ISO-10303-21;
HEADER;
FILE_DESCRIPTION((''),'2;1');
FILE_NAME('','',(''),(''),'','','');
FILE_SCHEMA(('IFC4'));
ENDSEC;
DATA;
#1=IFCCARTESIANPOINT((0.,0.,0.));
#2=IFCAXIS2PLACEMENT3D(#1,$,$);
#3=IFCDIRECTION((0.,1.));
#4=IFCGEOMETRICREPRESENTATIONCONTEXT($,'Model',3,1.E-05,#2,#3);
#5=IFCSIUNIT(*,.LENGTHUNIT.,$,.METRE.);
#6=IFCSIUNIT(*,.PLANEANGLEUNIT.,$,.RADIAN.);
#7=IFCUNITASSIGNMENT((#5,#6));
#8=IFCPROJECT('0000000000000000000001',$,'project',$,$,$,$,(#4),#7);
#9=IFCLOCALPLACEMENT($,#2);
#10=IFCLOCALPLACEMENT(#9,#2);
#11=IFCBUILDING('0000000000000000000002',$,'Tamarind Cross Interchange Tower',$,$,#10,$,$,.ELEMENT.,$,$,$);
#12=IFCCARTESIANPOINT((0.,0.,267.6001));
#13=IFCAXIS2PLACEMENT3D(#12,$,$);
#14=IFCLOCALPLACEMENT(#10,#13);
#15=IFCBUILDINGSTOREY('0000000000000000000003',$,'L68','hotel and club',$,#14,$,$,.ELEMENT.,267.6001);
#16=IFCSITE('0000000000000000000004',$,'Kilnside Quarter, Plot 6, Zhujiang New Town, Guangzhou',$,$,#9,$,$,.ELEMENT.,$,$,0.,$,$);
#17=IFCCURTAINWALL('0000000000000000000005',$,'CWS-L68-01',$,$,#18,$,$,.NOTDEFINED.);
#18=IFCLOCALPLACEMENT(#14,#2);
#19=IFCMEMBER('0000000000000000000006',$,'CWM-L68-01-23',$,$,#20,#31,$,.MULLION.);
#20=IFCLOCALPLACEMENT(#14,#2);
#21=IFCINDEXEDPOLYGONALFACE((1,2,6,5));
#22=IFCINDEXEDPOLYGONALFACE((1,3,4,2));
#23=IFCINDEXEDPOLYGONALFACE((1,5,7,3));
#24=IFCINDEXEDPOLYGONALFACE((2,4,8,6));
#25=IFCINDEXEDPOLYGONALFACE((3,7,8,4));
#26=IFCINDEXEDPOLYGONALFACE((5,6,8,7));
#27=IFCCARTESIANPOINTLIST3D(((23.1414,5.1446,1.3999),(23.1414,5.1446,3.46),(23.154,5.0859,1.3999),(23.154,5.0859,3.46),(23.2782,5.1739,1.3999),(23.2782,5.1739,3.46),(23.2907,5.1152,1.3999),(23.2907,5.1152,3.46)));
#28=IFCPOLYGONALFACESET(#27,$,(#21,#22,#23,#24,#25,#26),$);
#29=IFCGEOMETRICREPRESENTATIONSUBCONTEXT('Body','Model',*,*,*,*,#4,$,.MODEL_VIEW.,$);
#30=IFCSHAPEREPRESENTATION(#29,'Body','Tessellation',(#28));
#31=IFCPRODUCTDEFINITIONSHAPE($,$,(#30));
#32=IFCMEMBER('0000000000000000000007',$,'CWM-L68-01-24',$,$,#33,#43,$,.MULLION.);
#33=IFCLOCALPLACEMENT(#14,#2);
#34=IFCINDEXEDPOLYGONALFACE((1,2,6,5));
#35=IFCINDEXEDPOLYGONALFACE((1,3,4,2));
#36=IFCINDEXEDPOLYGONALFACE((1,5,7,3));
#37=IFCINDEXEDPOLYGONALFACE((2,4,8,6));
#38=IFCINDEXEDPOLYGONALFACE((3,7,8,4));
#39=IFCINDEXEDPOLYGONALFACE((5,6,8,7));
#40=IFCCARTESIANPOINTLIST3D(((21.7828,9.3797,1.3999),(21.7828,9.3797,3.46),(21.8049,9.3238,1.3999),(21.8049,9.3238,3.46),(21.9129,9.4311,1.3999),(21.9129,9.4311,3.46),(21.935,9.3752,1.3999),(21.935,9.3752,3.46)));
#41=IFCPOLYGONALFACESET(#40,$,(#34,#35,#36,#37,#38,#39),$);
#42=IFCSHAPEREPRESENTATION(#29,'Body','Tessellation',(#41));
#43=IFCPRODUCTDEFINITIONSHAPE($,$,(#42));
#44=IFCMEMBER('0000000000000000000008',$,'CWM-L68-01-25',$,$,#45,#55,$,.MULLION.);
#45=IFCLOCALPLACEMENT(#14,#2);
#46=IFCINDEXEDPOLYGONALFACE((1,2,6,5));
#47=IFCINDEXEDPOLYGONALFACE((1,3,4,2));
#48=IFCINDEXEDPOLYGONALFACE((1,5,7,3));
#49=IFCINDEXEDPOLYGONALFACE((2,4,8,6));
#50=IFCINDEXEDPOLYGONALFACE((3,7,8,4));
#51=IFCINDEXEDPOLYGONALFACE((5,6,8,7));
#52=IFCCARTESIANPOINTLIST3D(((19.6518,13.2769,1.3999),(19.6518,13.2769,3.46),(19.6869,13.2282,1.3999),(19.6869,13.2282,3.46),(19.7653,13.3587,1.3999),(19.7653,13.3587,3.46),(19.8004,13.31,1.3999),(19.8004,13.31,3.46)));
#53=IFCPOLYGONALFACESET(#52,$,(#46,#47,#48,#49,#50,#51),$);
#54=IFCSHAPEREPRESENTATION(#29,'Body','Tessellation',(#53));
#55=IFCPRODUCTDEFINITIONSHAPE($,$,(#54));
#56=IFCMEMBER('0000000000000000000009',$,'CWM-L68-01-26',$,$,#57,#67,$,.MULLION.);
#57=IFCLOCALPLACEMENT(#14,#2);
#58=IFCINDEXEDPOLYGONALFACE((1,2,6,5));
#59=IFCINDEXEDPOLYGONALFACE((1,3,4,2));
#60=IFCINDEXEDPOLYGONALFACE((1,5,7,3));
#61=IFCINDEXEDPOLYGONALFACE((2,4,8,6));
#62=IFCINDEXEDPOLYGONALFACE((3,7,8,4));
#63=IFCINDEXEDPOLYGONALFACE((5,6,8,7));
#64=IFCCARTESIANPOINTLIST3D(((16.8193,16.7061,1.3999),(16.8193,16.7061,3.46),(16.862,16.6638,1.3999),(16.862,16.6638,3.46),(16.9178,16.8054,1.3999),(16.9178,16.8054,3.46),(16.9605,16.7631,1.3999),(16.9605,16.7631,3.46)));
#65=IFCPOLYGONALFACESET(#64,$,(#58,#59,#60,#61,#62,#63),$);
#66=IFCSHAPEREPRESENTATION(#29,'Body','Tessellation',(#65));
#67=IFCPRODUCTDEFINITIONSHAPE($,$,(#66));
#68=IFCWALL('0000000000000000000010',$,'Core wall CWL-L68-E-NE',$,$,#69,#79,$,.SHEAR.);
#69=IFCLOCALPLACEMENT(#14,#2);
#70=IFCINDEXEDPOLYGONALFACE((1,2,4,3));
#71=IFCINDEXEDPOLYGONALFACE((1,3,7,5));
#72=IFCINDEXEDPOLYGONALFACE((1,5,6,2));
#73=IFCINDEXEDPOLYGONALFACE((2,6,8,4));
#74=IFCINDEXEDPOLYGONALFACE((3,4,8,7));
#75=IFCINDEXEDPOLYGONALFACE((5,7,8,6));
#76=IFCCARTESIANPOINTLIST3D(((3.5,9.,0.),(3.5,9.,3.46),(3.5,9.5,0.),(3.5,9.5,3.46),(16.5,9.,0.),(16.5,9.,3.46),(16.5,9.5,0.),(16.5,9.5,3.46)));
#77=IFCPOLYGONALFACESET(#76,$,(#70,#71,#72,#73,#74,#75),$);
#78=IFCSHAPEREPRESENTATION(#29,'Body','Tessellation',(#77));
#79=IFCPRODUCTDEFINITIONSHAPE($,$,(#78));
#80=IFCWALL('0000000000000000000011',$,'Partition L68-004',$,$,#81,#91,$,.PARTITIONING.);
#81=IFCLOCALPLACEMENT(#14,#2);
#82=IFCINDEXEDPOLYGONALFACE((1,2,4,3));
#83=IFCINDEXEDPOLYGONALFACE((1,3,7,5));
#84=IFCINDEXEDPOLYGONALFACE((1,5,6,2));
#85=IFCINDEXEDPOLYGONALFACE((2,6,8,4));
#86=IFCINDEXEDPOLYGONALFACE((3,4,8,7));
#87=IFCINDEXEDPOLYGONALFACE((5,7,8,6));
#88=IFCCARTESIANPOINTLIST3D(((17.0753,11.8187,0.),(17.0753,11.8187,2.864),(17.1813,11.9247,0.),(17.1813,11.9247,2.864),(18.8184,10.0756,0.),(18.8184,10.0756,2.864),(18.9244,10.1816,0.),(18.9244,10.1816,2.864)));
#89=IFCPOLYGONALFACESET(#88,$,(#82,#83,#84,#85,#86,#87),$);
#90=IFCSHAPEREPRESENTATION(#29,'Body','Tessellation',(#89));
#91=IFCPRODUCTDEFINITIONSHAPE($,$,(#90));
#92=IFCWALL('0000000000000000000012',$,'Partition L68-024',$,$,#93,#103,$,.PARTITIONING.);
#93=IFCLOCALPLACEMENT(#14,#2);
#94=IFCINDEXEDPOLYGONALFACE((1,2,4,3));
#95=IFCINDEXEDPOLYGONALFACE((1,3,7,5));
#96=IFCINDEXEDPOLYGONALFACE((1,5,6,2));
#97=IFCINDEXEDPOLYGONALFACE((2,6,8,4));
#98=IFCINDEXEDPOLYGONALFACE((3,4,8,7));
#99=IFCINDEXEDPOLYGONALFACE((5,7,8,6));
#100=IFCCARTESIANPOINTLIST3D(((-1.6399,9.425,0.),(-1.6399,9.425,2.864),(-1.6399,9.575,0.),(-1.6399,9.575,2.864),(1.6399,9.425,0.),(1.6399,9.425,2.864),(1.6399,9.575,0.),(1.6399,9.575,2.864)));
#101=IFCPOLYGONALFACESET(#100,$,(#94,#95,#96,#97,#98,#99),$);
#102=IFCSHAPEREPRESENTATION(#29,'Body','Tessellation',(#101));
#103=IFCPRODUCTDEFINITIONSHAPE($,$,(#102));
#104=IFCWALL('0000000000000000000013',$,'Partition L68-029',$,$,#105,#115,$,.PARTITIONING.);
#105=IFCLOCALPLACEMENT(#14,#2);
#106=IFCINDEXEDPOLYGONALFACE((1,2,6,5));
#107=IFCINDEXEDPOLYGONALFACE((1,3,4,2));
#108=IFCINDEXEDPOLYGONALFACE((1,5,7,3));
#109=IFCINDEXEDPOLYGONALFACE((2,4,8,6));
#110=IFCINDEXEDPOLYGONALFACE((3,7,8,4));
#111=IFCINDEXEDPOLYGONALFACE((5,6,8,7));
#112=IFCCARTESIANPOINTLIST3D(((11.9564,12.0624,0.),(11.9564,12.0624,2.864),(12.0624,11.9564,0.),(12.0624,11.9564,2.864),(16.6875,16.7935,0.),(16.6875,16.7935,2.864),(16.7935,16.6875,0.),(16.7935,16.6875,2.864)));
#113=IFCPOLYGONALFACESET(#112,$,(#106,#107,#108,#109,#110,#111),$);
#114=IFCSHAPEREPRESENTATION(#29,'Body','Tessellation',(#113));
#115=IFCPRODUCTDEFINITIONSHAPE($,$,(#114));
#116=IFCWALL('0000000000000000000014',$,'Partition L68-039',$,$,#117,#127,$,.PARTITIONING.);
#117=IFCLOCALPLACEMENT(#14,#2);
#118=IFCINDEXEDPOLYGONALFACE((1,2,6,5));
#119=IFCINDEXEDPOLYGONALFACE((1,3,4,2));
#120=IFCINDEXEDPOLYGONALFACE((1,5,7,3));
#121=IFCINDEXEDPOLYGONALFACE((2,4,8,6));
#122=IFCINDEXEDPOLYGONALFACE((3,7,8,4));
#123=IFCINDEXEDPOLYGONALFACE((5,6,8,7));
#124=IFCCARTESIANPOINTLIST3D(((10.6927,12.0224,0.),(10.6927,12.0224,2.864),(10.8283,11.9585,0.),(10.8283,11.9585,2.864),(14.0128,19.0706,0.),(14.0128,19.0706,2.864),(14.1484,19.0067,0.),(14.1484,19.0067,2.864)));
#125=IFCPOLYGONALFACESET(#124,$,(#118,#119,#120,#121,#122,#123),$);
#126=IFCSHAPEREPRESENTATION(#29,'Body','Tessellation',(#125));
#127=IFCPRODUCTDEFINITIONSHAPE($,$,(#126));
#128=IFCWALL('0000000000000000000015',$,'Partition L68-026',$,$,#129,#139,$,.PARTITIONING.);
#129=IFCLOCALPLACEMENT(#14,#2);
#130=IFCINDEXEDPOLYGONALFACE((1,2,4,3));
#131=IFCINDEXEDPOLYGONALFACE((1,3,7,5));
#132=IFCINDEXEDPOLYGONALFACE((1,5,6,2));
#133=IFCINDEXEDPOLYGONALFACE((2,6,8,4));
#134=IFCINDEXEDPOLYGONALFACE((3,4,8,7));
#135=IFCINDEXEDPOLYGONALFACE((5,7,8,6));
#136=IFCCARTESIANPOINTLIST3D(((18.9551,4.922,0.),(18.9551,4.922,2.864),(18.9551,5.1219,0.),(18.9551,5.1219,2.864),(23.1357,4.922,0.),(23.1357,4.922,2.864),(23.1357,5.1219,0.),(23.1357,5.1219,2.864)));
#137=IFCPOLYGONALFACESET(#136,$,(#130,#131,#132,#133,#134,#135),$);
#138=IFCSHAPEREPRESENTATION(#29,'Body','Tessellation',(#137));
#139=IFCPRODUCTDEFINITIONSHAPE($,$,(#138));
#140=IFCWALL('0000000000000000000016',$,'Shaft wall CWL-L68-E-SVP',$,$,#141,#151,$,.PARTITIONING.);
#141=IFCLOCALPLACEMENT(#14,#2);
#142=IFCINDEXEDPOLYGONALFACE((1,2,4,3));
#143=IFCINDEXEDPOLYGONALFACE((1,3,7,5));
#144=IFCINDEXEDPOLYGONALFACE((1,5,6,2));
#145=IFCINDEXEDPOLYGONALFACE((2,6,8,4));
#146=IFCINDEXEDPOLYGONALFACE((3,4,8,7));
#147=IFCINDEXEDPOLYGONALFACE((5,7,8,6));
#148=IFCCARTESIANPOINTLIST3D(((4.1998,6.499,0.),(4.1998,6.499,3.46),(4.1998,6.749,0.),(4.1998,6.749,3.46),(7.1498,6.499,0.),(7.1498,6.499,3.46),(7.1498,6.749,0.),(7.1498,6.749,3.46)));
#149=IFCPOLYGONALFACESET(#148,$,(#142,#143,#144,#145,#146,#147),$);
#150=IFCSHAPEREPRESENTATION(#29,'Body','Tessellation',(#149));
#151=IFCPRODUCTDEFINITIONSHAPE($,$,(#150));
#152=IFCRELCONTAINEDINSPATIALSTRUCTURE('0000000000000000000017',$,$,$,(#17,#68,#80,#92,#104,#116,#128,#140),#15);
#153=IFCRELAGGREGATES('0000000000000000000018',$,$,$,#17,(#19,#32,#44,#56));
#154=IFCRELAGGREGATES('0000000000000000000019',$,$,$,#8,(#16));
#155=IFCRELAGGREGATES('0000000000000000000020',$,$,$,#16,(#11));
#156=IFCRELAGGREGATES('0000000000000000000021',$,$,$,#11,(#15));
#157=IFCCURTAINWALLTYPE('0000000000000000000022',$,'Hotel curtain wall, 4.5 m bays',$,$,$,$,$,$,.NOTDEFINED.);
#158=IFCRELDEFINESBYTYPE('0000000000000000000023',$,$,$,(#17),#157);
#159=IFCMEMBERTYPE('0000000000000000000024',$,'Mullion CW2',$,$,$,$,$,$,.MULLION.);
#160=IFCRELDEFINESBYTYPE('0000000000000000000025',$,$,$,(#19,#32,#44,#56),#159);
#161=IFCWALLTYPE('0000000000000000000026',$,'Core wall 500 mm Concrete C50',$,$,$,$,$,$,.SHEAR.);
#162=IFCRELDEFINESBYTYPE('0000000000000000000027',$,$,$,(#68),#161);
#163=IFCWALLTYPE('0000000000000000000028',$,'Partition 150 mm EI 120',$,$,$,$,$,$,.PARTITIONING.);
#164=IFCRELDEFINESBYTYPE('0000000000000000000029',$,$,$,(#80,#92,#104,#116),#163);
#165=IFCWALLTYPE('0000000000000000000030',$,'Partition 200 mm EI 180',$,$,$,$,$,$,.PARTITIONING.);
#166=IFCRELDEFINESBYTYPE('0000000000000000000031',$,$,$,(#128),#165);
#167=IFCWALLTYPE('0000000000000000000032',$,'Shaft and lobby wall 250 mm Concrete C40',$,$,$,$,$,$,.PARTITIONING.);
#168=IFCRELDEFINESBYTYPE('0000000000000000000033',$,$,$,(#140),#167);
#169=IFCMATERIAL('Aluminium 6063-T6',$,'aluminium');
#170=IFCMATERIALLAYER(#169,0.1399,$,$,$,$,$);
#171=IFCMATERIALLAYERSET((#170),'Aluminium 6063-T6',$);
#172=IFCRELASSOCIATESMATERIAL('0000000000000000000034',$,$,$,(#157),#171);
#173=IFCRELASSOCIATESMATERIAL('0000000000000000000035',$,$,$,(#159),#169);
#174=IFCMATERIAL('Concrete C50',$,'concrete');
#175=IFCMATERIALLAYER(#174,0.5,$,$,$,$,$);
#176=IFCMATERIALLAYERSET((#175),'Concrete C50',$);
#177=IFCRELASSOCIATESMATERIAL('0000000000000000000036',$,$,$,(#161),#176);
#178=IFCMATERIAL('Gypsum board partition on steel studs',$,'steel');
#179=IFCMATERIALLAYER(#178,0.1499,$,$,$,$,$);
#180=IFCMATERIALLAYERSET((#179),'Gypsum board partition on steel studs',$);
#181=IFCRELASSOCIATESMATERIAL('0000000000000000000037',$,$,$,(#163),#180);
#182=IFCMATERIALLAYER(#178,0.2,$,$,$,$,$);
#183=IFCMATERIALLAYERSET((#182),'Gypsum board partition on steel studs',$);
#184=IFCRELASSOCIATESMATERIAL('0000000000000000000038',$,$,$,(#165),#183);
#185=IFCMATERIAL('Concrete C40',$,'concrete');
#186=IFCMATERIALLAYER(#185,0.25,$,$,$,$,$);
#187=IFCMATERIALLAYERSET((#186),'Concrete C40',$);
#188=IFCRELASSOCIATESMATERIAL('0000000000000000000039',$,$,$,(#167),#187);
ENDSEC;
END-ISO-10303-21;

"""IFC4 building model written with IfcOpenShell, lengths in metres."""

from ifc_helpers import new_model, si_unit, direction, frame, frame_2d, origin, origin_2d, place, context, subcontext, project, spatial, rectangle, extrude, material, layer, layer_set, material_profile, profile_set, type_object, element, aggregate, save


model = new_model("IFC4")

# Units and contexts
model_context = context("Model", 3, precision=1e-05, world=origin(), true_north=direction((0.0, 1.0)))
body_context = subcontext(model_context, "Body", "Model", "MODEL_VIEW")
ifc_project = project(units=[si_unit("LENGTHUNIT", "METRE"), si_unit("PLANEANGLEUNIT", "RADIAN")], contexts=[model_context])

# Site, building, storey
site_placement = place(None, origin())
site = spatial("IfcSite", under=ifc_project, at=site_placement, Name="Kilnside Quarter, Plot 6, Zhujiang New Town, Guangzhou", CompositionType="ELEMENT", RefElevation=0.0)
building_placement = place(site_placement, origin())
building = spatial("IfcBuilding", under=site, at=building_placement, Name="Tamarind Cross Interchange Tower", CompositionType="ELEMENT")
storey_placement = place(building_placement, frame((0.0, 0.0, 267.6001)))
storey = spatial("IfcBuildingStorey", under=building, at=storey_placement, Name="L68", Description="hotel and club", CompositionType="ELEMENT", Elevation=267.6001)

# Curtain wall, members
ifc_material_1 = material(Name="Aluminium 6063-T6", Category="aluminium")
ifc_layer_1 = layer(ifc_material_1, 0.1399)
ifc_layer_set_1 = layer_set([ifc_layer_1], Name="Aluminium 6063-T6")
curtain_wall_type = type_object("IfcCurtainWallType", Name="Hotel curtain wall, 4.5 m bays", PredefinedType="NOTDEFINED", material=ifc_layer_set_1)
curtain_wall_placement = place(storey_placement, origin())
curtain_wall = element("IfcCurtainWall", 1, at=curtain_wall_placement, inside=storey, type_object=curtain_wall_type, Name="CWS-L68-01", PredefinedType="NOTDEFINED")
ifc_material_profile_1 = material_profile(ifc_material_1, rectangle(XDim=0.0601, YDim=0.1399, at=origin_2d()), Name="Mullion CW2")
ifc_profile_set_1 = profile_set([ifc_material_profile_1], Name="Aluminium 6063-T6")
member_type = type_object("IfcMemberType", Name="Mullion CW2", PredefinedType="MULLION", material=ifc_profile_set_1)
member_1_placement = place(storey_placement, frame((23.2161, 5.1299, 1.3999), z_axis=(0.0, 0.0, 1.0), x_axis=(-0.209425, 0.977825, 0.0)))
member_1 = element("IfcMember", 2, at=member_1_placement, type_object=member_type, Name="CWM-L68-01-23", PredefinedType="MULLION", context=body_context, shape_type="SweptSolid", body=[
    extrude(rectangle(XDim=0.0601, YDim=0.1399, at=origin_2d()), origin(), (0.0, 0.0, 1.0), 2.0601),
])
member_2_placement = place(storey_placement, frame((21.8589, 9.3774, 1.3999), z_axis=(0.0, 0.0, 1.0), x_axis=(-0.367514, 0.930018, 0.0)))
member_2 = element("IfcMember", 3, at=member_2_placement, type_object=member_type, Name="CWM-L68-01-24", PredefinedType="MULLION", context=body_context, shape_type="SweptSolid", body=[
    extrude(rectangle(XDim=0.0601, YDim=0.1399, at=origin_2d()), origin(), (0.0, 0.0, 1.0), 2.0601),
])
member_3_placement = place(storey_placement, frame((19.7261, 13.2935, 1.3999), z_axis=(0.0, 0.0, 1.0), x_axis=(-0.584574, 0.81134, 0.0)))
member_3 = element("IfcMember", 4, at=member_3_placement, type_object=member_type, Name="CWM-L68-01-25", PredefinedType="MULLION", context=body_context, shape_type="SweptSolid", body=[
    extrude(rectangle(XDim=0.0601, YDim=0.1399, at=origin_2d()), origin(), (0.0, 0.0, 1.0), 2.0601),
])
member_4_placement = place(storey_placement, frame((16.8899, 16.7346, 1.3999), z_axis=(0.0, 0.0, 1.0), x_axis=(-0.710143, 0.704057, 0.0)))
member_4 = element("IfcMember", 5, at=member_4_placement, type_object=member_type, Name="CWM-L68-01-26", PredefinedType="MULLION", context=body_context, shape_type="SweptSolid", body=[
    extrude(rectangle(XDim=0.0601, YDim=0.1399, at=origin_2d()), origin(), (0.0, 0.0, 1.0), 2.0601),
])
aggregate(curtain_wall, [member_1, member_2, member_3, member_4])

# Walls
ifc_material_2 = material(Name="Concrete C50", Category="concrete")
ifc_layer_2 = layer(ifc_material_2, 0.5)
ifc_layer_set_2 = layer_set([ifc_layer_2], Name="Concrete C50")
wall_type_1 = type_object("IfcWallType", Name="Core wall 500 mm Concrete C50", PredefinedType="SHEAR", material=ifc_layer_set_2)
wall_1_placement = place(storey_placement, frame((16.5, 9.25, 0.0), z_axis=(0.0, 0.0, 1.0), x_axis=(-1.0, 0.0, 0.0)))
element("IfcWall", 6, at=wall_1_placement, inside=storey, type_object=wall_type_1, Name="Core wall CWL-L68-E-NE", PredefinedType="SHEAR", context=body_context, shape_type="SweptSolid", body=[
    extrude(rectangle(XDim=13.0, YDim=0.5, at=frame_2d((6.5, 0.0))), origin(), (0.0, 0.0, 1.0), 3.46),
])
ifc_material_3 = material(Name="Gypsum board partition on steel studs", Category="steel")
ifc_layer_3 = layer(ifc_material_3, 0.1499)
ifc_layer_set_3 = layer_set([ifc_layer_3], Name="Gypsum board partition on steel studs")
wall_type_2 = type_object("IfcWallType", Name="Partition 150 mm EI 120", PredefinedType="PARTITIONING", material=ifc_layer_set_3)
wall_2_placement = place(storey_placement, frame((17.1284, 11.8716, 0.0), z_axis=(0.0, 0.0, 1.0), x_axis=(0.707107, -0.707107, 0.0)))
element("IfcWall", 7, at=wall_2_placement, inside=storey, type_object=wall_type_2, Name="Partition L68-004", PredefinedType="PARTITIONING", context=body_context, shape_type="SweptSolid", body=[
    extrude(rectangle(XDim=2.4651, YDim=0.1499, at=frame_2d((1.2324, 0.0))), origin(), (0.0, 0.0, 1.0), 2.864),
])
wall_3_placement = place(storey_placement, frame((-1.6399, 9.5, 0.0), z_axis=(0.0, 0.0, 1.0), x_axis=(1.0, 0.0, 0.0)))
element("IfcWall", 8, at=wall_3_placement, inside=storey, type_object=wall_type_2, Name="Partition L68-024", PredefinedType="PARTITIONING", context=body_context, shape_type="SweptSolid", body=[
    extrude(rectangle(XDim=3.2798, YDim=0.1499, at=frame_2d((1.6399, 0.0))), origin(), (0.0, 0.0, 1.0), 2.864),
])
wall_4_placement = place(storey_placement, frame((12.0095, 12.0095, 0.0), z_axis=(0.0, 0.0, 1.0), x_axis=(0.707107, 0.707107, 0.0)))
element("IfcWall", 9, at=wall_4_placement, inside=storey, type_object=wall_type_2, Name="Partition L68-029", PredefinedType="PARTITIONING", context=body_context, shape_type="SweptSolid", body=[
    extrude(rectangle(XDim=6.6907, YDim=0.1499, at=frame_2d((3.3452, 0.0))), origin(), (0.0, 0.0, 1.0), 2.864),
])
wall_5_placement = place(storey_placement, frame((10.7605, 11.9905, 0.0), z_axis=(0.0, 0.0, 1.0), x_axis=(0.426146, 0.904655, 0.0)))
element("IfcWall", 10, at=wall_5_placement, inside=storey, type_object=wall_type_2, Name="Partition L68-039", PredefinedType="PARTITIONING", context=body_context, shape_type="SweptSolid", body=[
    extrude(rectangle(XDim=7.791, YDim=0.1499, at=frame_2d((3.8955, 0.0))), origin(), (0.0, 0.0, 1.0), 2.864),
])
ifc_layer_4 = layer(ifc_material_3, 0.2)
ifc_layer_set_4 = layer_set([ifc_layer_4], Name="Gypsum board partition on steel studs")
wall_type_3 = type_object("IfcWallType", Name="Partition 200 mm EI 180", PredefinedType="PARTITIONING", material=ifc_layer_set_4)
wall_6_placement = place(storey_placement, frame((18.9551, 5.022, 0.0), z_axis=(0.0, 0.0, 1.0), x_axis=(1.0, 0.0, 0.0)))
element("IfcWall", 11, at=wall_6_placement, inside=storey, type_object=wall_type_3, Name="Partition L68-026", PredefinedType="PARTITIONING", context=body_context, shape_type="SweptSolid", body=[
    extrude(rectangle(XDim=4.1807, YDim=0.2, at=frame_2d((2.0903, 0.0))), origin(), (0.0, 0.0, 1.0), 2.864),
])
ifc_material_4 = material(Name="Concrete C40", Category="concrete")
ifc_layer_5 = layer(ifc_material_4, 0.25)
ifc_layer_set_5 = layer_set([ifc_layer_5], Name="Concrete C40")
wall_type_4 = type_object("IfcWallType", Name="Shaft and lobby wall 250 mm Concrete C40", PredefinedType="PARTITIONING", material=ifc_layer_set_5)
wall_7_placement = place(storey_placement, frame((7.1499, 6.624, 0.0), z_axis=(0.0, 0.0, 1.0), x_axis=(-1.0, 0.0, 0.0)))
element("IfcWall", 12, at=wall_7_placement, inside=storey, type_object=wall_type_4, Name="Shaft wall CWL-L68-E-SVP", PredefinedType="PARTITIONING", context=body_context, shape_type="SweptSolid", body=[
    extrude(rectangle(XDim=2.95, YDim=0.25, at=frame_2d((1.4751, 0.0))), origin(), (0.0, 0.0, 1.0), 3.46),
])

save(model, "model.ifc")
